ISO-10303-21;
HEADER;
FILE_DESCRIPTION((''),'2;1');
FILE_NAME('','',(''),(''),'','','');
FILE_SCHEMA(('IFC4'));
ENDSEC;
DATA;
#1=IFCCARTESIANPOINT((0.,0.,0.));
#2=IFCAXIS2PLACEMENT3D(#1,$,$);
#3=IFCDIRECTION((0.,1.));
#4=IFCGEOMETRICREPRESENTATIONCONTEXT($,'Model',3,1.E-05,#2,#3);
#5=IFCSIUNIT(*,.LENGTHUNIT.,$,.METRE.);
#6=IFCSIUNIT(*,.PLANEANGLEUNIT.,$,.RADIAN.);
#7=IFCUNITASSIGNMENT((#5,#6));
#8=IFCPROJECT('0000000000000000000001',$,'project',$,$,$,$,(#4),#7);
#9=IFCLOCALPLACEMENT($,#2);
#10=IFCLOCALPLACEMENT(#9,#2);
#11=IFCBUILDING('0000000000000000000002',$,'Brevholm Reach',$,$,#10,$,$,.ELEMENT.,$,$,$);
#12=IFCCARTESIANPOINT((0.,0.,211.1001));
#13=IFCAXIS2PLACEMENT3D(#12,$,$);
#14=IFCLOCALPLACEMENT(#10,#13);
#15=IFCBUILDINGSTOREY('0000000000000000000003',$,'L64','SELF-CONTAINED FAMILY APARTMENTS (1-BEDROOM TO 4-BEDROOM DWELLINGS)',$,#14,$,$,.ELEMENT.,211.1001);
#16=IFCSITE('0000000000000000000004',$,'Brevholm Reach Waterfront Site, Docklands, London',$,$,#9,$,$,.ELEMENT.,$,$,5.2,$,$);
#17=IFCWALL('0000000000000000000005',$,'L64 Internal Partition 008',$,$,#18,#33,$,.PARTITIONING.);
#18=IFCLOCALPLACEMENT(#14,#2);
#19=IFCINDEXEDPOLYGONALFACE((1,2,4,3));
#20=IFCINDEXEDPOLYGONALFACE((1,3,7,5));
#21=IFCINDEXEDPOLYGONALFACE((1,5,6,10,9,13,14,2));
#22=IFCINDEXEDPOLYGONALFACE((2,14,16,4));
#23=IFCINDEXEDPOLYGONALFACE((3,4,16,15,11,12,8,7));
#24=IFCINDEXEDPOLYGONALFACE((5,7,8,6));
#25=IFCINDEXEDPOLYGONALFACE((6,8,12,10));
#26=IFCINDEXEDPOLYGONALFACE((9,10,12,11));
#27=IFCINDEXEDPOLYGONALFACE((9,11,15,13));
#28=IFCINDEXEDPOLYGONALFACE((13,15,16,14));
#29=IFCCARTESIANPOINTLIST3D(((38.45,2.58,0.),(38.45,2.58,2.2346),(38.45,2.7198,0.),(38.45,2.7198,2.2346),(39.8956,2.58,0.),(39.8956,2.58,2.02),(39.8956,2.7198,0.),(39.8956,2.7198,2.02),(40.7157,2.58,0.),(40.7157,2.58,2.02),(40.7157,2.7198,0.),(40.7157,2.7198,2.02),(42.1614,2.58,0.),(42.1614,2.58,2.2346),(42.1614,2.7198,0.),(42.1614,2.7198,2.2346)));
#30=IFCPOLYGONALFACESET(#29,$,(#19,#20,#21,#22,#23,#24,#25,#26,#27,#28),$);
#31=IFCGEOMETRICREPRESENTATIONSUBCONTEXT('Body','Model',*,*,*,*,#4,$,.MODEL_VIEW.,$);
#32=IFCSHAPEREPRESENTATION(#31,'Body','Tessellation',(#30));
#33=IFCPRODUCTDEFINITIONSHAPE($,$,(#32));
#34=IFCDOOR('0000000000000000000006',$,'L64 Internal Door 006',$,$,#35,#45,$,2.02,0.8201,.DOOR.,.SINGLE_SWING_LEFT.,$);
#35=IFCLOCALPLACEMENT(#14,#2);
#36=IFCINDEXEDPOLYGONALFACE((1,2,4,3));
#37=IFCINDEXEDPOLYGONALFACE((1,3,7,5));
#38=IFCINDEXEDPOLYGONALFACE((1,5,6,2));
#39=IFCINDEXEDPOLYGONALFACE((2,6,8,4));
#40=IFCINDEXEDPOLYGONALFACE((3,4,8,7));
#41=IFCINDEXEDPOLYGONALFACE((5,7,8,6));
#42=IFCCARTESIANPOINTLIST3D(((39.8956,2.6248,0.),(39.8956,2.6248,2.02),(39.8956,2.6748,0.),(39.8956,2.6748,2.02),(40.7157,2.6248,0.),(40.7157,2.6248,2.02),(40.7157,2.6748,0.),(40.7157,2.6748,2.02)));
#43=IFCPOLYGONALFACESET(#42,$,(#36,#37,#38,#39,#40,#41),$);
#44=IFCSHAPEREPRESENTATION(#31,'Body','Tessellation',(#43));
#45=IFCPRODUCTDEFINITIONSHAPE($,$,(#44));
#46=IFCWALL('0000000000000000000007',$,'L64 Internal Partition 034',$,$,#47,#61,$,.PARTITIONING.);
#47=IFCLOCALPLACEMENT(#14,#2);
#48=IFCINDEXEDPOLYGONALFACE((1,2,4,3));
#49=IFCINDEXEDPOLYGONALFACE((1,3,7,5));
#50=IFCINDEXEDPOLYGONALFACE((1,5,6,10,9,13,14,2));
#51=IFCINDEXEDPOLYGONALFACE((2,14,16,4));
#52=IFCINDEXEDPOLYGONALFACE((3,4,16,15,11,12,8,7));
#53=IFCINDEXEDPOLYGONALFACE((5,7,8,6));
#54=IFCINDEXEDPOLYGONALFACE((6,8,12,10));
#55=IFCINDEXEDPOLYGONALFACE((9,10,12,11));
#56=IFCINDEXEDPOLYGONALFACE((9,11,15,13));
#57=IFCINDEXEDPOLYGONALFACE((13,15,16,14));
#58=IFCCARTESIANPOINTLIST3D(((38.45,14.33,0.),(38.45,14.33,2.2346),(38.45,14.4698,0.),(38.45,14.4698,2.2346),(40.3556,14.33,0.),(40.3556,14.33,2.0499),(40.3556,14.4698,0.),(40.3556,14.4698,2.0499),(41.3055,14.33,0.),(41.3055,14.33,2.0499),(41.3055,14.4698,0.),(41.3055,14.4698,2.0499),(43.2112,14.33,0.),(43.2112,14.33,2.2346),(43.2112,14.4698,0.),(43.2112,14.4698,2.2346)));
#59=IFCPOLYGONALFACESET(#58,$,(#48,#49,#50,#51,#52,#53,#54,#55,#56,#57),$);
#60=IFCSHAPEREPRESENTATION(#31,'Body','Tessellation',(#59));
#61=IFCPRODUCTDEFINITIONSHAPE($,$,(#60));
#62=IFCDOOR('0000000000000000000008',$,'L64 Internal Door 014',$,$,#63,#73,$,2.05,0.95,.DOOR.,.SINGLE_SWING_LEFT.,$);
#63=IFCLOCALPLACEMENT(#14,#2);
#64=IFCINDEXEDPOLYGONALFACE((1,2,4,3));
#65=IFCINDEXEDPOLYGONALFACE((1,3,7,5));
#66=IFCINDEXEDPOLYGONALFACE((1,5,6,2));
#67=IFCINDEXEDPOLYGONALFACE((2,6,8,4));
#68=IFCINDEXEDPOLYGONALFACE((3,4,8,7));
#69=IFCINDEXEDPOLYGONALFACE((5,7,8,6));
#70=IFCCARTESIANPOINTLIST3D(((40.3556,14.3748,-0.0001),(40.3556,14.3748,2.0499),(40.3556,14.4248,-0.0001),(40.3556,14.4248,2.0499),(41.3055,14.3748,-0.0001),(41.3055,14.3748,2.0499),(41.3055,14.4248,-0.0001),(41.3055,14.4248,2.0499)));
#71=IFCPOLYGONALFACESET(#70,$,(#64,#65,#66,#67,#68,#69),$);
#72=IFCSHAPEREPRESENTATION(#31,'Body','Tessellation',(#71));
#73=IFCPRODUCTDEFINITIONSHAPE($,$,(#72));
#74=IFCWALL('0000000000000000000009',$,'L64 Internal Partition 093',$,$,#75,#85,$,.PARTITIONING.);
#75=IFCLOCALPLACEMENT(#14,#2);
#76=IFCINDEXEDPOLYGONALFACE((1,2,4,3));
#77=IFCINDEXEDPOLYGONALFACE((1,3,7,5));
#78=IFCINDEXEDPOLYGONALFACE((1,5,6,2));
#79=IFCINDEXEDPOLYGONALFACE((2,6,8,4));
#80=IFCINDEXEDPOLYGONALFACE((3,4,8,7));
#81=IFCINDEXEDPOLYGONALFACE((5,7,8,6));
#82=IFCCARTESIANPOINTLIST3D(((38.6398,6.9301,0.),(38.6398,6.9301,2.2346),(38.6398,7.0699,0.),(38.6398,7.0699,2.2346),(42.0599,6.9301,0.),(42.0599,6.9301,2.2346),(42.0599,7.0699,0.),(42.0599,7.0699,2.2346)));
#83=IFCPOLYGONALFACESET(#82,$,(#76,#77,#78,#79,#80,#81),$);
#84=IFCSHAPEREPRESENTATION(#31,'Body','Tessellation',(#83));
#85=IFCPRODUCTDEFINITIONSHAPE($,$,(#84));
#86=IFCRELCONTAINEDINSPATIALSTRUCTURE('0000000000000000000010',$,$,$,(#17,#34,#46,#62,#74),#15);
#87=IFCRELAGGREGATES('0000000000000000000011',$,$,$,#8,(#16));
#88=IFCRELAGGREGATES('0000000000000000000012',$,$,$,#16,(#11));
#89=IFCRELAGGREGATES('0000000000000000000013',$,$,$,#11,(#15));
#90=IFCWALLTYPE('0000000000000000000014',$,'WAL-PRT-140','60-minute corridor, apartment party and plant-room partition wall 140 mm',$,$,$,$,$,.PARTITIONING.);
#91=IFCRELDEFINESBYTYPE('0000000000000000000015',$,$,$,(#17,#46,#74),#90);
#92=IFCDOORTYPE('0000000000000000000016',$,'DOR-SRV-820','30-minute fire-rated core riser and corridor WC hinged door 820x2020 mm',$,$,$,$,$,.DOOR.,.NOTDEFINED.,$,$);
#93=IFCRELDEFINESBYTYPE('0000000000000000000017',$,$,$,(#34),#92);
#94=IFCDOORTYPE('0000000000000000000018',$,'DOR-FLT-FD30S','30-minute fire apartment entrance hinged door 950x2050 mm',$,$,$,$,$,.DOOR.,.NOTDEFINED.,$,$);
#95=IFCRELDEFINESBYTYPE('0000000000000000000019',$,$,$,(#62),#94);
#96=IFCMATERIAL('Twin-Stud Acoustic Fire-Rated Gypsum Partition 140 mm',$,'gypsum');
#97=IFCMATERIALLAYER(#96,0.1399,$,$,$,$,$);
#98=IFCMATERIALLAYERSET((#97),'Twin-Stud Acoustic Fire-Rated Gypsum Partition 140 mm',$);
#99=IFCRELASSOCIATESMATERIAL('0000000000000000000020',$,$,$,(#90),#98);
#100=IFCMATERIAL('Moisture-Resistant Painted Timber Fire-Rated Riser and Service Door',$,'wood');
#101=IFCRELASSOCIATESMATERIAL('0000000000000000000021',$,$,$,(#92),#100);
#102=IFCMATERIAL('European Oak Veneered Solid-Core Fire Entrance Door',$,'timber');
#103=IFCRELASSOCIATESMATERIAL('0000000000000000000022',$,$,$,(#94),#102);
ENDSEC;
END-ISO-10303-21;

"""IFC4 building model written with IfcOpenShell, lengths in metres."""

from ifc_helpers import new_model, si_unit, direction, frame, frame_2d, origin, place, context, subcontext, project, spatial, rectangle, extrude, material, layer, layer_set, type_object, element, fill, save


model = new_model("IFC4")

# Units and contexts
model_context = context("Model", 3, precision=1e-05, world=origin(), true_north=direction((0.0, 1.0)))
body_context = subcontext(model_context, "Body", "Model", "MODEL_VIEW")
ifc_project = project(units=[si_unit("LENGTHUNIT", "METRE"), si_unit("PLANEANGLEUNIT", "RADIAN")], contexts=[model_context])

# Site, building, storey
site_placement = place(None, origin())
site = spatial("IfcSite", under=ifc_project, at=site_placement, Name="Brevholm Reach Waterfront Site, Docklands, London", CompositionType="ELEMENT", RefElevation=5.2)
building_placement = place(site_placement, origin())
building = spatial("IfcBuilding", under=site, at=building_placement, Name="Brevholm Reach", CompositionType="ELEMENT")
storey_placement = place(building_placement, frame((0.0, 0.0, 211.1001)))
storey = spatial("IfcBuildingStorey", under=building, at=storey_placement, Name="L64", Description="SELF-CONTAINED FAMILY APARTMENTS (1-BEDROOM TO 4-BEDROOM DWELLINGS)", CompositionType="ELEMENT", Elevation=211.1001)

# Walls, openings, doors
ifc_material_1 = material(Name="Twin-Stud Acoustic Fire-Rated Gypsum Partition 140 mm", Category="gypsum")
ifc_layer_1 = layer(ifc_material_1, 0.1399)
ifc_layer_set_1 = layer_set([ifc_layer_1], Name="Twin-Stud Acoustic Fire-Rated Gypsum Partition 140 mm")
wall_type_1 = type_object("IfcWallType", Name="WAL-PRT-140", Description="60-minute corridor, apartment party and plant-room partition wall 140 mm", PredefinedType="PARTITIONING", material=ifc_layer_set_1)
wall_1_placement = place(storey_placement, frame((38.45, 2.6499, 0.0), z_axis=(0.0, 0.0, 1.0), x_axis=(1.0, 0.0, 0.0)))
wall_1 = element("IfcWall", 1, at=wall_1_placement, inside=storey, type_object=wall_type_1, Name="L64 Internal Partition 008", PredefinedType="PARTITIONING", context=body_context, shape_type="SweptSolid", body=[
    extrude(rectangle(XDim=3.7114, YDim=0.1399, at=frame_2d((1.8557, 0.0))), origin(), (0.0, 0.0, 1.0), 2.2346),
])
opening_1_placement = place(wall_1_placement, frame((1.4456, 0.0, 0.0)))
opening_1 = element("IfcOpeningElement", 2, at=opening_1_placement, cuts=wall_1, PredefinedType="OPENING", context=body_context, shape_type="SweptSolid", body=[
    extrude(rectangle(XDim=0.8201, YDim=2.02, at=frame_2d((0.4102, 1.01))), frame((0.0, 0.0798, 0.0), z_axis=(0.0, -1.0, 0.0), x_axis=(1.0, 0.0, 0.0)), (0.0, 0.0, 1.0), 0.1599),
])
ifc_material_2 = material(Name="Moisture-Resistant Painted Timber Fire-Rated Riser and Service Door", Category="wood")
door_type_1 = type_object("IfcDoorType", Name="DOR-SRV-820", Description="30-minute fire-rated core riser and corridor WC hinged door 820x2020 mm", OperationType="NOTDEFINED", PredefinedType="DOOR", material=ifc_material_2)
door_1_placement = place(opening_1_placement, origin())
door_1 = element("IfcDoor", 3, at=door_1_placement, inside=storey, type_object=door_type_1, Name="L64 Internal Door 006", OperationType="SINGLE_SWING_LEFT", OverallHeight=2.02, OverallWidth=0.8201, PredefinedType="DOOR", context=body_context, shape_type="SweptSolid", body=[
    extrude(rectangle(XDim=0.8201, YDim=2.02, at=frame_2d((0.4102, 1.01))), frame((0.0, 0.0249, 0.0), z_axis=(0.0, -1.0, 0.0), x_axis=(1.0, 0.0, 0.0)), (0.0, 0.0, 1.0), 0.05),
])
fill(opening_1, door_1)
wall_2_placement = place(storey_placement, frame((38.45, 14.3999, 0.0), z_axis=(0.0, 0.0, 1.0), x_axis=(1.0, 0.0, 0.0)))
wall_2 = element("IfcWall", 4, at=wall_2_placement, inside=storey, type_object=wall_type_1, Name="L64 Internal Partition 034", PredefinedType="PARTITIONING", context=body_context, shape_type="SweptSolid", body=[
    extrude(rectangle(XDim=4.7612, YDim=0.1399, at=frame_2d((2.3806, 0.0))), origin(), (0.0, 0.0, 1.0), 2.2346),
])
opening_2_placement = place(wall_2_placement, frame((1.9055, 0.0, 0.0)))
opening_2 = element("IfcOpeningElement", 5, at=opening_2_placement, cuts=wall_2, PredefinedType="OPENING", context=body_context, shape_type="SweptSolid", body=[
    extrude(rectangle(XDim=0.95, YDim=2.05, at=frame_2d((0.4751, 1.0249))), frame((0.0, 0.0798, 0.0), z_axis=(0.0, -1.0, 0.0), x_axis=(1.0, 0.0, 0.0)), (0.0, 0.0, 1.0), 0.1599),
])
ifc_material_3 = material(Name="European Oak Veneered Solid-Core Fire Entrance Door", Category="timber")
door_type_2 = type_object("IfcDoorType", Name="DOR-FLT-FD30S", Description="30-minute fire apartment entrance hinged door 950x2050 mm", OperationType="NOTDEFINED", PredefinedType="DOOR", material=ifc_material_3)
door_2_placement = place(opening_2_placement, origin())
door_2 = element("IfcDoor", 6, at=door_2_placement, inside=storey, type_object=door_type_2, Name="L64 Internal Door 014", OperationType="SINGLE_SWING_LEFT", OverallHeight=2.05, OverallWidth=0.95, PredefinedType="DOOR", context=body_context, shape_type="SweptSolid", body=[
    extrude(rectangle(XDim=0.95, YDim=2.05, at=frame_2d((0.4751, 1.0249))), frame((0.0, 0.0249, 0.0), z_axis=(0.0, -1.0, 0.0), x_axis=(1.0, 0.0, 0.0)), (0.0, 0.0, 1.0), 0.05),
])
fill(opening_2, door_2)

# Wall
wall_3_placement = place(storey_placement, frame((38.6399, 7.0, 0.0), z_axis=(0.0, 0.0, 1.0), x_axis=(1.0, 0.0, 0.0)))
element("IfcWall", 7, at=wall_3_placement, inside=storey, type_object=wall_type_1, Name="L64 Internal Partition 093", PredefinedType="PARTITIONING", context=body_context, shape_type="SweptSolid", body=[
    extrude(rectangle(XDim=3.4202, YDim=0.1399, at=frame_2d((1.71, 0.0))), origin(), (0.0, 0.0, 1.0), 2.2346),
])

save(model, "model.ifc")
